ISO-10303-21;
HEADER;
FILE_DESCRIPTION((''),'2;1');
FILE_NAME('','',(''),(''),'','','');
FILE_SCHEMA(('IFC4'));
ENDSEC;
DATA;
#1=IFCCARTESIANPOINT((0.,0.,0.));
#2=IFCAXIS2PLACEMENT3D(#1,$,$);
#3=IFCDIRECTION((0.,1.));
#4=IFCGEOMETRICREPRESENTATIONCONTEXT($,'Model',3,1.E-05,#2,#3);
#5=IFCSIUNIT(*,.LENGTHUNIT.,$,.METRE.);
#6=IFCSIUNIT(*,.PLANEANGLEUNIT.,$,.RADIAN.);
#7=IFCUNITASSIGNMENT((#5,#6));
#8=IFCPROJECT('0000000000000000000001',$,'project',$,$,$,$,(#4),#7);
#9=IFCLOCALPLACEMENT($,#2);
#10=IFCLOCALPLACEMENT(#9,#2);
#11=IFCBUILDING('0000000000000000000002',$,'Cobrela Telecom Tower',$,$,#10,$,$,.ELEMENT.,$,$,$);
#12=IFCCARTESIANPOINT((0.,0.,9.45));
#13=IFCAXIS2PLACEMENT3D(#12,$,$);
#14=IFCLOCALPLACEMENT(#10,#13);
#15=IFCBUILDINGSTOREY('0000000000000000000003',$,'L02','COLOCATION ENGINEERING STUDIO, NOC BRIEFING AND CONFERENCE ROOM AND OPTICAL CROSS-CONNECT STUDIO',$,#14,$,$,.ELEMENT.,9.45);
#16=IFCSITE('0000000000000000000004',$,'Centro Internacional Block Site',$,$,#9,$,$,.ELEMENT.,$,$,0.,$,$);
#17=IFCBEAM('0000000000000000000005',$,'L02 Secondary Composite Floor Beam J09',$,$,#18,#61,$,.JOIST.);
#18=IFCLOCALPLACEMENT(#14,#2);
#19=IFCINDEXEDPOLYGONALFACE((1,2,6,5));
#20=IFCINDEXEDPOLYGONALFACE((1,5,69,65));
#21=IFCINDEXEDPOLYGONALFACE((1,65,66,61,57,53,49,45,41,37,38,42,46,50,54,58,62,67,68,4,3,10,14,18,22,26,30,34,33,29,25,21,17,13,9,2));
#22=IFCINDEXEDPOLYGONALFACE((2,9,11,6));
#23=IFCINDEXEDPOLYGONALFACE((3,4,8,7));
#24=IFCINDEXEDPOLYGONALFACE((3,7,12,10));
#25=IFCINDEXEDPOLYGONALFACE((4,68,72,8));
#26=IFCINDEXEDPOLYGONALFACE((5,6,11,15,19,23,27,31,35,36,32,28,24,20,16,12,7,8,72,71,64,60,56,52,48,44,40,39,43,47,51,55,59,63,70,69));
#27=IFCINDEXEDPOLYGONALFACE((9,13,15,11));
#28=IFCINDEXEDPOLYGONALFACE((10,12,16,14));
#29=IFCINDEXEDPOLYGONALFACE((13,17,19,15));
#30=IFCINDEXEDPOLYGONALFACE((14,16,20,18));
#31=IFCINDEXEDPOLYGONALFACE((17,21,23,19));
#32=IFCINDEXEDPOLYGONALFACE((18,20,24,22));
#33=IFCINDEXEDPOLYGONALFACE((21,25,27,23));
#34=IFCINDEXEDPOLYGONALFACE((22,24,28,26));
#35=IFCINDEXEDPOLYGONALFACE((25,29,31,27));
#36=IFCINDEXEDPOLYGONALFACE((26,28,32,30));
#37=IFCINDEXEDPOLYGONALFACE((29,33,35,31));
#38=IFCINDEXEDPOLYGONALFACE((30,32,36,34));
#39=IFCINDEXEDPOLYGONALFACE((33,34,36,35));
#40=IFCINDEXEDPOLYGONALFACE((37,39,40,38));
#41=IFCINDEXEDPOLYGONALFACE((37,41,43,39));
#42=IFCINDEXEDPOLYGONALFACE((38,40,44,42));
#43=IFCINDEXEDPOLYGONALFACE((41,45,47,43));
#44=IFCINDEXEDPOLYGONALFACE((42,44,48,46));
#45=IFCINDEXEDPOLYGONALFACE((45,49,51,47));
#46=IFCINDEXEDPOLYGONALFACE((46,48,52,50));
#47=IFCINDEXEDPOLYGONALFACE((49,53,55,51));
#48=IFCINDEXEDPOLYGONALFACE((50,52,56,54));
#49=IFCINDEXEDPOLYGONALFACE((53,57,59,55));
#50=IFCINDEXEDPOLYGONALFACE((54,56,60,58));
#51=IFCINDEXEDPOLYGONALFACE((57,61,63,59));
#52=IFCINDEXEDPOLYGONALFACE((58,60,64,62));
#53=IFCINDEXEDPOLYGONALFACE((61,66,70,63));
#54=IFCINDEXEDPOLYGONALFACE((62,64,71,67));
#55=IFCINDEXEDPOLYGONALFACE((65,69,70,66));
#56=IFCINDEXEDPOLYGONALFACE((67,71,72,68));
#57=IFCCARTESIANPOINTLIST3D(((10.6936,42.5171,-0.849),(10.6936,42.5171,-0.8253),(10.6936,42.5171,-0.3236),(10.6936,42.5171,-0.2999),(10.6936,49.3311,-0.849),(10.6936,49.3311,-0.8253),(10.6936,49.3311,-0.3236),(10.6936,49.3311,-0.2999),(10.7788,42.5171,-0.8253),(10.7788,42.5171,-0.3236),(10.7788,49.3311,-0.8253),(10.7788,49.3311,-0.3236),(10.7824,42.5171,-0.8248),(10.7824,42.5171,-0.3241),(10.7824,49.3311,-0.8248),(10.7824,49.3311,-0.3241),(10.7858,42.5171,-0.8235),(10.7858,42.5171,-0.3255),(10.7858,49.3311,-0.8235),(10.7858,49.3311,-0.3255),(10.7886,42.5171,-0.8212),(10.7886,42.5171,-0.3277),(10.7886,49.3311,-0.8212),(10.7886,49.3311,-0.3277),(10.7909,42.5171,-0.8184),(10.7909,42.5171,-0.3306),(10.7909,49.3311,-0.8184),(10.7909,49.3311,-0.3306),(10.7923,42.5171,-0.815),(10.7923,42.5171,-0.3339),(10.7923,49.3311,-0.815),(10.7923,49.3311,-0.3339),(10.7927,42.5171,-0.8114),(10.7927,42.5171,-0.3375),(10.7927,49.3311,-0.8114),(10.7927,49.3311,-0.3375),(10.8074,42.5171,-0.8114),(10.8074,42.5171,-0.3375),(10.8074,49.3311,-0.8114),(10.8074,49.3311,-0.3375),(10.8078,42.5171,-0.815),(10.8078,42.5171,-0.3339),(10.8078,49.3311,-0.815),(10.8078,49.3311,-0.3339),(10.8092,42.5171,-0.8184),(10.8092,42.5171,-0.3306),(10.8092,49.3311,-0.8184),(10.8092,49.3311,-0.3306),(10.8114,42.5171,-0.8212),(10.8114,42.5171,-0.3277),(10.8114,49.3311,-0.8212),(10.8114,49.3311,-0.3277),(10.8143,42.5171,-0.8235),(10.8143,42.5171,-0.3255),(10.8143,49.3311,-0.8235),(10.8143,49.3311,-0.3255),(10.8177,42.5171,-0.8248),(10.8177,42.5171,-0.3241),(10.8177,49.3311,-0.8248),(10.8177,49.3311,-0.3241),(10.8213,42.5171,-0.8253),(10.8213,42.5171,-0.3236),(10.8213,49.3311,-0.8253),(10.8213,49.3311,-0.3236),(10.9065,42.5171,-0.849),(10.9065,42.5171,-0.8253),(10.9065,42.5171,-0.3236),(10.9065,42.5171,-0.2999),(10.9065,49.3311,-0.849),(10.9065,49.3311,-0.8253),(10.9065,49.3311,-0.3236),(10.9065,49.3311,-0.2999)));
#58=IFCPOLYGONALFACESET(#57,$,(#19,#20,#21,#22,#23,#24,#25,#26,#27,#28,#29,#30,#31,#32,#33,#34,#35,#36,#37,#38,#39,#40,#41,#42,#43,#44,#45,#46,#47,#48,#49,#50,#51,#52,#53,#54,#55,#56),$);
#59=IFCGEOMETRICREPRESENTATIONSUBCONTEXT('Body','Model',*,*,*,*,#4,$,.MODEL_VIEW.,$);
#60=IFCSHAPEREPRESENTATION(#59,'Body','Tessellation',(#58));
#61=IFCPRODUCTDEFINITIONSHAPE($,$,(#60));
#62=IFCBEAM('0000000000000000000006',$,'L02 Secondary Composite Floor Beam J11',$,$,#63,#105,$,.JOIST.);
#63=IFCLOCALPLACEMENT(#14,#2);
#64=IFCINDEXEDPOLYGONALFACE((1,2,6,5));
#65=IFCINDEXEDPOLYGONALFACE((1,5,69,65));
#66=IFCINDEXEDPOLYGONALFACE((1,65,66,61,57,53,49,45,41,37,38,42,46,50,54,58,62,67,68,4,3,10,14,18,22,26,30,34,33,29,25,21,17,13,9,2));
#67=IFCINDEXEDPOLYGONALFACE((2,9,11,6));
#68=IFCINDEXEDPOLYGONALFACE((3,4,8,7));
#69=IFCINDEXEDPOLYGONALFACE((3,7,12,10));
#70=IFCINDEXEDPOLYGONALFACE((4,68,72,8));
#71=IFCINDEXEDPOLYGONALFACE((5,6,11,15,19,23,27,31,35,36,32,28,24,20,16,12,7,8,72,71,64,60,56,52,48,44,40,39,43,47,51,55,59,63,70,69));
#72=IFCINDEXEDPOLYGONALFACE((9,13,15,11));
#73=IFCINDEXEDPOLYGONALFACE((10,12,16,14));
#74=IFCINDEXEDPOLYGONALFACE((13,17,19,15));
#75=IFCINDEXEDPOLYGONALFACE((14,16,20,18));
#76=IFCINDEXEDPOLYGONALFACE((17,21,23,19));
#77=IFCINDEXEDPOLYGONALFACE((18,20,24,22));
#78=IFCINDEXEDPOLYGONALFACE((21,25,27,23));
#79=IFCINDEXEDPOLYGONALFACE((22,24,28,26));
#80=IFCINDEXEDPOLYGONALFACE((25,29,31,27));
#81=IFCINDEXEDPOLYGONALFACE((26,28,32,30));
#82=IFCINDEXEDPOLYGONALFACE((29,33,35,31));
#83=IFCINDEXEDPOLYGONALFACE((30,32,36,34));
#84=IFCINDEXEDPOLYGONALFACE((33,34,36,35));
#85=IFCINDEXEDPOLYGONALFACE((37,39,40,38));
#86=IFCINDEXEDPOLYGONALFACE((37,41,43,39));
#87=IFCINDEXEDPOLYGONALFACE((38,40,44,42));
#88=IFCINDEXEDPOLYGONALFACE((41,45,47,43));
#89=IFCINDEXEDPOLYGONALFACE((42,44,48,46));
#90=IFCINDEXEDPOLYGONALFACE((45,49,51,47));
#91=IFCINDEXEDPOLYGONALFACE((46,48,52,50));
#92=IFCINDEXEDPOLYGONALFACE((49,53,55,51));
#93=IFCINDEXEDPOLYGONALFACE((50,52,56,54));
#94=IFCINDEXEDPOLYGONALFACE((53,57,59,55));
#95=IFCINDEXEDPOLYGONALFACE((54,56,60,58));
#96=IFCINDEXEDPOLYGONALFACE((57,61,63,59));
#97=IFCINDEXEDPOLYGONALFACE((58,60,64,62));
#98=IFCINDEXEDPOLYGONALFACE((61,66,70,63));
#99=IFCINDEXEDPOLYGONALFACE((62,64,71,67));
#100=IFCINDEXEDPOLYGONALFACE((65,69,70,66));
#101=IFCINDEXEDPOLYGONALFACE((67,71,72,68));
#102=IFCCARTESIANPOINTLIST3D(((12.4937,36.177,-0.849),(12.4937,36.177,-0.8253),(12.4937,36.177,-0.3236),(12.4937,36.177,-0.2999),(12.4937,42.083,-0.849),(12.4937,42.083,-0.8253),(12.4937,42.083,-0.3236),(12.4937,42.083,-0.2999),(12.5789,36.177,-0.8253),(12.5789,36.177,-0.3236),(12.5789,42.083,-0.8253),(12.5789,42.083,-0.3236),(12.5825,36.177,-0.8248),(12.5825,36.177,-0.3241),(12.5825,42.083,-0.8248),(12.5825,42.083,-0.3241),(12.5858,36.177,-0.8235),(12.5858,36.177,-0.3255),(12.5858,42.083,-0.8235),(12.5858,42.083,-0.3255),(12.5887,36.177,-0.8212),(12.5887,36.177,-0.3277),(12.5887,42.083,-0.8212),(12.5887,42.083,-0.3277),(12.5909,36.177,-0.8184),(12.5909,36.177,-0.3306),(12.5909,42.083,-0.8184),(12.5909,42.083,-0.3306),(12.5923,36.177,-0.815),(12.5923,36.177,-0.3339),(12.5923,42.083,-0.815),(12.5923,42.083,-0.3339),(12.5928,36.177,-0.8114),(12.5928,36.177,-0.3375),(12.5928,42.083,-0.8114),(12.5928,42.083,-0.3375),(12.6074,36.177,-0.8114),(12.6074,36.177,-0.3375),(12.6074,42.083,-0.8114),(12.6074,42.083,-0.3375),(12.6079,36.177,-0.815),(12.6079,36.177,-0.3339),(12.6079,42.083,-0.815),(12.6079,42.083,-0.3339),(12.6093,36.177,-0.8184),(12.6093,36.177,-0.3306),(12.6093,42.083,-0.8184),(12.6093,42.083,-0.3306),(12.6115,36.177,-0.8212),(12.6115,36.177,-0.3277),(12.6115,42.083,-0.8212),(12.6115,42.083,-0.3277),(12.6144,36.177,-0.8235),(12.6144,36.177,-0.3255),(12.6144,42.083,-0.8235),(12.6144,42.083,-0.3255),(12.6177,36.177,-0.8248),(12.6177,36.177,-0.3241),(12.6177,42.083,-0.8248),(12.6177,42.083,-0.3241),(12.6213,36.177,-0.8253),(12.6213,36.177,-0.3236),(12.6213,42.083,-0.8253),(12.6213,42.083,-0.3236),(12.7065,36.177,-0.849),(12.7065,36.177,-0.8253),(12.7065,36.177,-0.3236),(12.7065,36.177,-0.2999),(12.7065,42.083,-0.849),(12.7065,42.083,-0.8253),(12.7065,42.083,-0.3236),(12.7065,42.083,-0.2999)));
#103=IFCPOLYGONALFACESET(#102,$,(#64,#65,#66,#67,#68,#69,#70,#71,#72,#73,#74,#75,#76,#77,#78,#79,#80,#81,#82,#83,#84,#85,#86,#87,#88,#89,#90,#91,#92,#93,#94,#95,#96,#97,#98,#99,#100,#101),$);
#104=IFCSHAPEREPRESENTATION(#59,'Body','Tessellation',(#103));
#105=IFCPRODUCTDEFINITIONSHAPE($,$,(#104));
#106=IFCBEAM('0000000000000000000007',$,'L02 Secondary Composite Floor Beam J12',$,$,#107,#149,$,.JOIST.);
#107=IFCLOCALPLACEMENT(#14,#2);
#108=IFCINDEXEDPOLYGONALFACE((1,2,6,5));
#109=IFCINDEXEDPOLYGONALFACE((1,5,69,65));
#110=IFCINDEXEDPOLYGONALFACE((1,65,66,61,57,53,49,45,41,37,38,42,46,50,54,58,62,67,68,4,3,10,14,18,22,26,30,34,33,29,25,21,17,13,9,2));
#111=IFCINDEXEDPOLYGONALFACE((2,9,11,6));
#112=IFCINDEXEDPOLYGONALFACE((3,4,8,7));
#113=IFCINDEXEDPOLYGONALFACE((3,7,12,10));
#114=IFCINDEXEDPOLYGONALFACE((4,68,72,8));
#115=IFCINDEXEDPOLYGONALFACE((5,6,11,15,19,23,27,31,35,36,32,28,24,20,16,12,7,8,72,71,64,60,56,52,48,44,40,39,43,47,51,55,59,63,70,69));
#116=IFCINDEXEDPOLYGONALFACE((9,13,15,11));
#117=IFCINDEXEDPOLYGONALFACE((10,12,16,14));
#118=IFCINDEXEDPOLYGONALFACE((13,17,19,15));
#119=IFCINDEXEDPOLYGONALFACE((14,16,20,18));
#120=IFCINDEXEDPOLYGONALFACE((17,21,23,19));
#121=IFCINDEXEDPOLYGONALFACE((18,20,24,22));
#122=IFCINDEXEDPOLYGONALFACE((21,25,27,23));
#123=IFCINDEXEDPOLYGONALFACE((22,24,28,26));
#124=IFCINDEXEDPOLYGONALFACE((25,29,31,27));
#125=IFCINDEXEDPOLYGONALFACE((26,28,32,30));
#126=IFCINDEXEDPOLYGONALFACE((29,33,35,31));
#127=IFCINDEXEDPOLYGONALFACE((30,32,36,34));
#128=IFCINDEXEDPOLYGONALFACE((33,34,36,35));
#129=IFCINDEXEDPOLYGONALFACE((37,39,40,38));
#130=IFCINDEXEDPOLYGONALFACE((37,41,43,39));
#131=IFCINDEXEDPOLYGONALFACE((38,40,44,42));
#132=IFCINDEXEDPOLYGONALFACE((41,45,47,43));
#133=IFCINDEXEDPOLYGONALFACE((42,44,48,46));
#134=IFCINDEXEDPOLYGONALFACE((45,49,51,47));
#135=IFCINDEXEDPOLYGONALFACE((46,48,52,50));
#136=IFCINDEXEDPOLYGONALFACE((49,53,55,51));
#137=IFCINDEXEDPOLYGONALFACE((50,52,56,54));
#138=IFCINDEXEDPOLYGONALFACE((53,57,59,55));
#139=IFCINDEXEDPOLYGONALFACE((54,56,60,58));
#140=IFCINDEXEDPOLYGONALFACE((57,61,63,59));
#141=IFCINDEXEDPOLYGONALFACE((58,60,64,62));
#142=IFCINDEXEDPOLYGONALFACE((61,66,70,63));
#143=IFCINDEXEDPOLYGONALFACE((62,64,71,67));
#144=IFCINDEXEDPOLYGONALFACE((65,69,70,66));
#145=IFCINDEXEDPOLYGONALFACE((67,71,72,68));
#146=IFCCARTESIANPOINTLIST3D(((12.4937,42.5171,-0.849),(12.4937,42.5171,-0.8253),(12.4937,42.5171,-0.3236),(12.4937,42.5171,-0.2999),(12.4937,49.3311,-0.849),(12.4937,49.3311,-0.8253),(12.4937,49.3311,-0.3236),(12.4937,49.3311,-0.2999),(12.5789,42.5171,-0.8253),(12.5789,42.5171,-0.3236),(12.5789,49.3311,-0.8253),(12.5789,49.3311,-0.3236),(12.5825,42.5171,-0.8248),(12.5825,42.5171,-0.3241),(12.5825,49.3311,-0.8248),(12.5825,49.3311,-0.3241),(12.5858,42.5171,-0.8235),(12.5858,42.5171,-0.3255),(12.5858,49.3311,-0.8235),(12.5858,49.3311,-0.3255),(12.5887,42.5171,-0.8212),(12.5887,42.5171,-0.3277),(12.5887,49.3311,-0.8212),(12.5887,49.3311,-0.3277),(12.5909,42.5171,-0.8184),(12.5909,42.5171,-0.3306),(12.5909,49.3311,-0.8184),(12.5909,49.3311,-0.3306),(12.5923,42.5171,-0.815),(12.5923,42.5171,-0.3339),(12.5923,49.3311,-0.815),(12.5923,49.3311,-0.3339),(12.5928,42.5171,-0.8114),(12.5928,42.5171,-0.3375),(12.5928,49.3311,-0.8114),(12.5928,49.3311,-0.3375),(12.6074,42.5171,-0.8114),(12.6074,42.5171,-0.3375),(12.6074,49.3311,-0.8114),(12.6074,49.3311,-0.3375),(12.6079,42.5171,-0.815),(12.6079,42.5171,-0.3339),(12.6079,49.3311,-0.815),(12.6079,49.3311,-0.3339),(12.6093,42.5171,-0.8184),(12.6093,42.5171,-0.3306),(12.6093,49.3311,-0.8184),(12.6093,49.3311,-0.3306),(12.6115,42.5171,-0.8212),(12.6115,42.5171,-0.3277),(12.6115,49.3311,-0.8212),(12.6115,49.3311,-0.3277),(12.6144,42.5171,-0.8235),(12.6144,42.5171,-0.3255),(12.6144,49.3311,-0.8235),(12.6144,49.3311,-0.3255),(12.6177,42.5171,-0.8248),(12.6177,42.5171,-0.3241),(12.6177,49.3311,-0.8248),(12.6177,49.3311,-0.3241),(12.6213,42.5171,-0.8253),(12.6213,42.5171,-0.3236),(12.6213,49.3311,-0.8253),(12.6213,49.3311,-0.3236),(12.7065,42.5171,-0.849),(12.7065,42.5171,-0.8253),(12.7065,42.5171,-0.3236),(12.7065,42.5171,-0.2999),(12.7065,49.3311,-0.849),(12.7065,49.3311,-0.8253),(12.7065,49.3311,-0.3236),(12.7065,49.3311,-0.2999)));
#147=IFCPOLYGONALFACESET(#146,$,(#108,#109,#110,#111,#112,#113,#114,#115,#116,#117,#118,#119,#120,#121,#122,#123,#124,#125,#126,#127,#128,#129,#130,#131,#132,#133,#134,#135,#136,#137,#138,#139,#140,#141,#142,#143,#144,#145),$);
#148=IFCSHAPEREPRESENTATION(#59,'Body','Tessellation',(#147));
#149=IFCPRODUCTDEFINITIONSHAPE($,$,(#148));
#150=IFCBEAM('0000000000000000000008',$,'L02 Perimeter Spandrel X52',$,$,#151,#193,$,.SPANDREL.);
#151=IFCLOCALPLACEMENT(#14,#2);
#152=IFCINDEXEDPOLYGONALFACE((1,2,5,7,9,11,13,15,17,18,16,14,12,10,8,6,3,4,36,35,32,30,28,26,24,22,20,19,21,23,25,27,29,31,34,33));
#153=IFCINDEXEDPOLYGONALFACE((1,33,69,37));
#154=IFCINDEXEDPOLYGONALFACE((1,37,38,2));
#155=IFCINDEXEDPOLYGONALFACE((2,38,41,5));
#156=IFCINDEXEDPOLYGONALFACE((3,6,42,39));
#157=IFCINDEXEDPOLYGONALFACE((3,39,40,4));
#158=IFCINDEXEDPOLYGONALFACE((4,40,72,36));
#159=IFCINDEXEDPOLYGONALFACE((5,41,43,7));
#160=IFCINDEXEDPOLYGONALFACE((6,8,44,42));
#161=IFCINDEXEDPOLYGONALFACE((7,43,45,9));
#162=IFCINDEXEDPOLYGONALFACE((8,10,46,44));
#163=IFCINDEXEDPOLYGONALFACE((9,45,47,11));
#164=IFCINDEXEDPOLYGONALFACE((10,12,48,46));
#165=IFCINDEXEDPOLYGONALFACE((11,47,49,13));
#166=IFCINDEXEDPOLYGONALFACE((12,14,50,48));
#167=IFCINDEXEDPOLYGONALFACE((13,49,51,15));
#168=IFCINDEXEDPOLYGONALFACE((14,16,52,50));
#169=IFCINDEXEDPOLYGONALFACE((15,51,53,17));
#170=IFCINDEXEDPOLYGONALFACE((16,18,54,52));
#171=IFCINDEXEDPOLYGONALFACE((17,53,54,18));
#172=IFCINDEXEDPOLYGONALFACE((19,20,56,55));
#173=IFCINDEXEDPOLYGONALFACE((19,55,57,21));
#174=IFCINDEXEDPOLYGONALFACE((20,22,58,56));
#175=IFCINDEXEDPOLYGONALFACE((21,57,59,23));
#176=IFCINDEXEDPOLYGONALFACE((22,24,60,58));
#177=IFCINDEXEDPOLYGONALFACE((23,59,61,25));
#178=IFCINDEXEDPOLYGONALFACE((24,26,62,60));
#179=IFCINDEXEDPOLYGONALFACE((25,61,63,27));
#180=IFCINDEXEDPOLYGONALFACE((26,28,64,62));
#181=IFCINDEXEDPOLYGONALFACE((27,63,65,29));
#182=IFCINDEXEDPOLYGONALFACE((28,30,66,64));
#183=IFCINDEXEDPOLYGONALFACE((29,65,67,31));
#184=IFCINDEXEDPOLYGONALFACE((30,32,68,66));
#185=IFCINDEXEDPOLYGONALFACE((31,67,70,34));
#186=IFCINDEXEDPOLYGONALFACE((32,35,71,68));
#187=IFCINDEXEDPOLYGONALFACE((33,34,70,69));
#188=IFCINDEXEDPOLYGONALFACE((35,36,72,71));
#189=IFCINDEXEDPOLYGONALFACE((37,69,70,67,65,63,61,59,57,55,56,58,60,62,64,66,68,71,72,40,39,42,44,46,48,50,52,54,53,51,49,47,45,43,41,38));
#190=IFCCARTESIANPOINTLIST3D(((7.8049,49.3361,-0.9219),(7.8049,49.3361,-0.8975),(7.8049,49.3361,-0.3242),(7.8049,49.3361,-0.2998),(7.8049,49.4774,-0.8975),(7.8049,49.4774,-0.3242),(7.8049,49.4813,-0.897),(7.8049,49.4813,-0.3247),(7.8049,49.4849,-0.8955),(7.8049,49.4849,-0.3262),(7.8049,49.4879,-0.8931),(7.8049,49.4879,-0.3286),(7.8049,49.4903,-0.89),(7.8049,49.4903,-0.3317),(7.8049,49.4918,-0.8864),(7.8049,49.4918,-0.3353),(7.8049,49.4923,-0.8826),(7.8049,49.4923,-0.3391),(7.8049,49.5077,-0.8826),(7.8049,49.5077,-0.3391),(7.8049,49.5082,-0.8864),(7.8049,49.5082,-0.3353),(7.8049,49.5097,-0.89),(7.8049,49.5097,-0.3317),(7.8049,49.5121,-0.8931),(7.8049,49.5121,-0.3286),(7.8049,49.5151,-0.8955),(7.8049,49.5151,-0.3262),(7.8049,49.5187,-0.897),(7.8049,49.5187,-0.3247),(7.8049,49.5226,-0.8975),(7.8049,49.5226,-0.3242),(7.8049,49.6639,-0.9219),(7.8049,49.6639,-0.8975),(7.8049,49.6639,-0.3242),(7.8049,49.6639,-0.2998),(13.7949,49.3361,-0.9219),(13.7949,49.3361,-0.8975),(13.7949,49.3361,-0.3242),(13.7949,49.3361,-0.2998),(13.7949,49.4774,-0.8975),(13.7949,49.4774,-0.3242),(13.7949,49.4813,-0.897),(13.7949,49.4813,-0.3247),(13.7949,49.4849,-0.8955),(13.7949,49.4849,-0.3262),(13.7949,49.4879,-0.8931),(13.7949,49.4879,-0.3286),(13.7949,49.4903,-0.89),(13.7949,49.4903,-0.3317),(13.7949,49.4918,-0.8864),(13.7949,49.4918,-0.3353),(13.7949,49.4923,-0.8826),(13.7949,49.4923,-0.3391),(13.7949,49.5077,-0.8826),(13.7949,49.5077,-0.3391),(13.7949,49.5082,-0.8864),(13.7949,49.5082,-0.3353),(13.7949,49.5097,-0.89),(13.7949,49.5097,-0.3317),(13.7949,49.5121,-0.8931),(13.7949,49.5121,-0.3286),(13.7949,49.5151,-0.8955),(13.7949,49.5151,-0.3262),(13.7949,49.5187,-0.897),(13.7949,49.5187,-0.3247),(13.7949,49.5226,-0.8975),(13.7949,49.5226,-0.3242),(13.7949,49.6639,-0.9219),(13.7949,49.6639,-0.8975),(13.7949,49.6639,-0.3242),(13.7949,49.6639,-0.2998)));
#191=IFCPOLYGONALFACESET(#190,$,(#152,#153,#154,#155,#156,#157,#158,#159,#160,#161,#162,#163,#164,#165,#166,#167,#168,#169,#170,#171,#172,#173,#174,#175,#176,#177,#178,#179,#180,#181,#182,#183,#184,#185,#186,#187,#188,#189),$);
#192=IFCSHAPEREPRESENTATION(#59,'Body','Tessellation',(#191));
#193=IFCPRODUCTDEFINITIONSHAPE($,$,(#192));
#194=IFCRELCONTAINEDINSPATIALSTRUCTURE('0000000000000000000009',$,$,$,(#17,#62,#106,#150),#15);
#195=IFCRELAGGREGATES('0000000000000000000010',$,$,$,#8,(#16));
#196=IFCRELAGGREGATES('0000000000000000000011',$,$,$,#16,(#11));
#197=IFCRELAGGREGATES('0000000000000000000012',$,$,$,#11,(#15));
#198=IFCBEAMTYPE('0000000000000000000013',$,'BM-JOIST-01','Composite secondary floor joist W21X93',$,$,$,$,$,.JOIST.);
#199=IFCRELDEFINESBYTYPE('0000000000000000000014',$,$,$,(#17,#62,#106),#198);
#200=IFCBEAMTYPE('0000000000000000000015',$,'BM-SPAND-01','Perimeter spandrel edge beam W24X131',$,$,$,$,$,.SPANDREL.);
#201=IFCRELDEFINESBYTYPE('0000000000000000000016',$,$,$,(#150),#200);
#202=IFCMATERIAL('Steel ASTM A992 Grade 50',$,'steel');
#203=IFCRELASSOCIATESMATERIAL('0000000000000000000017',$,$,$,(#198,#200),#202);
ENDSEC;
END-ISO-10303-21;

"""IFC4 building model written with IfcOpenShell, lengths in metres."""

from ifc_helpers import new_model, si_unit, direction, frame, origin, origin_2d, place, context, subcontext, project, spatial, i_section, extrude, material, material_profile, profile_set, type_object, element, save


model = new_model("IFC4")

# Units and contexts
model_context = context("Model", 3, precision=1e-05, world=origin(), true_north=direction((0.0, 1.0)))
body_context = subcontext(model_context, "Body", "Model", "MODEL_VIEW")
ifc_project = project(units=[si_unit("LENGTHUNIT", "METRE"), si_unit("PLANEANGLEUNIT", "RADIAN")], contexts=[model_context])

# Site, building, storey
site_placement = place(None, origin())
site = spatial("IfcSite", under=ifc_project, at=site_placement, Name="Centro Internacional Block Site", CompositionType="ELEMENT", RefElevation=0.0)
building_placement = place(site_placement, origin())
building = spatial("IfcBuilding", under=site, at=building_placement, Name="Cobrela Telecom Tower", CompositionType="ELEMENT")
storey_placement = place(building_placement, frame((0.0, 0.0, 9.45)))
storey = spatial("IfcBuildingStorey", under=building, at=storey_placement, Name="L02", Description="COLOCATION ENGINEERING STUDIO, NOC BRIEFING AND CONFERENCE ROOM AND OPTICAL CROSS-CONNECT STUDIO", CompositionType="ELEMENT", Elevation=9.45)

# Beams
ifc_material_1 = material(Name="Steel ASTM A992 Grade 50", Category="steel")
ifc_material_profile_1 = material_profile(ifc_material_1, i_section(OverallWidth=0.2129, OverallDepth=0.5491, WebThickness=0.0146, FlangeThickness=0.0237, FilletRadius=0.0139, at=origin_2d()), Name="W21X93")
ifc_profile_set_1 = profile_set([ifc_material_profile_1], Name="Steel ASTM A992 Grade 50")
beam_type_1 = type_object("IfcBeamType", Name="BM-JOIST-01", Description="Composite secondary floor joist W21X93", PredefinedType="JOIST", material=ifc_profile_set_1)
beam_1_placement = place(storey_placement, frame((10.8, 42.5171, -0.5745), z_axis=(0.0, 1.0, 0.0), x_axis=(-1.0, 0.0, 0.0)))
element("IfcBeam", 1, at=beam_1_placement, inside=storey, type_object=beam_type_1, Name="L02 Secondary Composite Floor Beam J09", PredefinedType="JOIST", context=body_context, shape_type="SweptSolid", body=[
    extrude(i_section(OverallWidth=0.2129, OverallDepth=0.5491, WebThickness=0.0146, FlangeThickness=0.0237, FilletRadius=0.0139, at=origin_2d()), origin(), (0.0, 0.0, 1.0), 6.814),
])
beam_2_placement = place(storey_placement, frame((12.6001, 36.177, -0.5745), z_axis=(0.0, 1.0, 0.0), x_axis=(-1.0, 0.0, 0.0)))
element("IfcBeam", 2, at=beam_2_placement, inside=storey, type_object=beam_type_1, Name="L02 Secondary Composite Floor Beam J11", PredefinedType="JOIST", context=body_context, shape_type="SweptSolid", body=[
    extrude(i_section(OverallWidth=0.2129, OverallDepth=0.5491, WebThickness=0.0146, FlangeThickness=0.0237, FilletRadius=0.0139, at=origin_2d()), origin(), (0.0, 0.0, 1.0), 5.906),
])
beam_3_placement = place(storey_placement, frame((12.6001, 42.5171, -0.5745), z_axis=(0.0, 1.0, 0.0), x_axis=(-1.0, 0.0, 0.0)))
element("IfcBeam", 3, at=beam_3_placement, inside=storey, type_object=beam_type_1, Name="L02 Secondary Composite Floor Beam J12", PredefinedType="JOIST", context=body_context, shape_type="SweptSolid", body=[
    extrude(i_section(OverallWidth=0.2129, OverallDepth=0.5491, WebThickness=0.0146, FlangeThickness=0.0237, FilletRadius=0.0139, at=origin_2d()), origin(), (0.0, 0.0, 1.0), 6.814),
])
ifc_material_profile_2 = material_profile(ifc_material_1, i_section(OverallWidth=0.3279, OverallDepth=0.6221, WebThickness=0.0154, FlangeThickness=0.0244, FilletRadius=0.0149, at=origin_2d()), Name="W24X131")
ifc_profile_set_2 = profile_set([ifc_material_profile_2], Name="Steel ASTM A992 Grade 50")
beam_type_2 = type_object("IfcBeamType", Name="BM-SPAND-01", Description="Perimeter spandrel edge beam W24X131", PredefinedType="SPANDREL", material=ifc_profile_set_2)
beam_4_placement = place(storey_placement, frame((7.8049, 49.5, -0.6108), z_axis=(1.0, 0.0, 0.0), x_axis=(0.0, 1.0, 0.0)))
element("IfcBeam", 4, at=beam_4_placement, inside=storey, type_object=beam_type_2, Name="L02 Perimeter Spandrel X52", PredefinedType="SPANDREL", context=body_context, shape_type="SweptSolid", body=[
    extrude(i_section(OverallWidth=0.3279, OverallDepth=0.6221, WebThickness=0.0154, FlangeThickness=0.0244, FilletRadius=0.0149, at=origin_2d()), origin(), (0.0, 0.0, 1.0), 5.99),
])

save(model, "model.ifc")
